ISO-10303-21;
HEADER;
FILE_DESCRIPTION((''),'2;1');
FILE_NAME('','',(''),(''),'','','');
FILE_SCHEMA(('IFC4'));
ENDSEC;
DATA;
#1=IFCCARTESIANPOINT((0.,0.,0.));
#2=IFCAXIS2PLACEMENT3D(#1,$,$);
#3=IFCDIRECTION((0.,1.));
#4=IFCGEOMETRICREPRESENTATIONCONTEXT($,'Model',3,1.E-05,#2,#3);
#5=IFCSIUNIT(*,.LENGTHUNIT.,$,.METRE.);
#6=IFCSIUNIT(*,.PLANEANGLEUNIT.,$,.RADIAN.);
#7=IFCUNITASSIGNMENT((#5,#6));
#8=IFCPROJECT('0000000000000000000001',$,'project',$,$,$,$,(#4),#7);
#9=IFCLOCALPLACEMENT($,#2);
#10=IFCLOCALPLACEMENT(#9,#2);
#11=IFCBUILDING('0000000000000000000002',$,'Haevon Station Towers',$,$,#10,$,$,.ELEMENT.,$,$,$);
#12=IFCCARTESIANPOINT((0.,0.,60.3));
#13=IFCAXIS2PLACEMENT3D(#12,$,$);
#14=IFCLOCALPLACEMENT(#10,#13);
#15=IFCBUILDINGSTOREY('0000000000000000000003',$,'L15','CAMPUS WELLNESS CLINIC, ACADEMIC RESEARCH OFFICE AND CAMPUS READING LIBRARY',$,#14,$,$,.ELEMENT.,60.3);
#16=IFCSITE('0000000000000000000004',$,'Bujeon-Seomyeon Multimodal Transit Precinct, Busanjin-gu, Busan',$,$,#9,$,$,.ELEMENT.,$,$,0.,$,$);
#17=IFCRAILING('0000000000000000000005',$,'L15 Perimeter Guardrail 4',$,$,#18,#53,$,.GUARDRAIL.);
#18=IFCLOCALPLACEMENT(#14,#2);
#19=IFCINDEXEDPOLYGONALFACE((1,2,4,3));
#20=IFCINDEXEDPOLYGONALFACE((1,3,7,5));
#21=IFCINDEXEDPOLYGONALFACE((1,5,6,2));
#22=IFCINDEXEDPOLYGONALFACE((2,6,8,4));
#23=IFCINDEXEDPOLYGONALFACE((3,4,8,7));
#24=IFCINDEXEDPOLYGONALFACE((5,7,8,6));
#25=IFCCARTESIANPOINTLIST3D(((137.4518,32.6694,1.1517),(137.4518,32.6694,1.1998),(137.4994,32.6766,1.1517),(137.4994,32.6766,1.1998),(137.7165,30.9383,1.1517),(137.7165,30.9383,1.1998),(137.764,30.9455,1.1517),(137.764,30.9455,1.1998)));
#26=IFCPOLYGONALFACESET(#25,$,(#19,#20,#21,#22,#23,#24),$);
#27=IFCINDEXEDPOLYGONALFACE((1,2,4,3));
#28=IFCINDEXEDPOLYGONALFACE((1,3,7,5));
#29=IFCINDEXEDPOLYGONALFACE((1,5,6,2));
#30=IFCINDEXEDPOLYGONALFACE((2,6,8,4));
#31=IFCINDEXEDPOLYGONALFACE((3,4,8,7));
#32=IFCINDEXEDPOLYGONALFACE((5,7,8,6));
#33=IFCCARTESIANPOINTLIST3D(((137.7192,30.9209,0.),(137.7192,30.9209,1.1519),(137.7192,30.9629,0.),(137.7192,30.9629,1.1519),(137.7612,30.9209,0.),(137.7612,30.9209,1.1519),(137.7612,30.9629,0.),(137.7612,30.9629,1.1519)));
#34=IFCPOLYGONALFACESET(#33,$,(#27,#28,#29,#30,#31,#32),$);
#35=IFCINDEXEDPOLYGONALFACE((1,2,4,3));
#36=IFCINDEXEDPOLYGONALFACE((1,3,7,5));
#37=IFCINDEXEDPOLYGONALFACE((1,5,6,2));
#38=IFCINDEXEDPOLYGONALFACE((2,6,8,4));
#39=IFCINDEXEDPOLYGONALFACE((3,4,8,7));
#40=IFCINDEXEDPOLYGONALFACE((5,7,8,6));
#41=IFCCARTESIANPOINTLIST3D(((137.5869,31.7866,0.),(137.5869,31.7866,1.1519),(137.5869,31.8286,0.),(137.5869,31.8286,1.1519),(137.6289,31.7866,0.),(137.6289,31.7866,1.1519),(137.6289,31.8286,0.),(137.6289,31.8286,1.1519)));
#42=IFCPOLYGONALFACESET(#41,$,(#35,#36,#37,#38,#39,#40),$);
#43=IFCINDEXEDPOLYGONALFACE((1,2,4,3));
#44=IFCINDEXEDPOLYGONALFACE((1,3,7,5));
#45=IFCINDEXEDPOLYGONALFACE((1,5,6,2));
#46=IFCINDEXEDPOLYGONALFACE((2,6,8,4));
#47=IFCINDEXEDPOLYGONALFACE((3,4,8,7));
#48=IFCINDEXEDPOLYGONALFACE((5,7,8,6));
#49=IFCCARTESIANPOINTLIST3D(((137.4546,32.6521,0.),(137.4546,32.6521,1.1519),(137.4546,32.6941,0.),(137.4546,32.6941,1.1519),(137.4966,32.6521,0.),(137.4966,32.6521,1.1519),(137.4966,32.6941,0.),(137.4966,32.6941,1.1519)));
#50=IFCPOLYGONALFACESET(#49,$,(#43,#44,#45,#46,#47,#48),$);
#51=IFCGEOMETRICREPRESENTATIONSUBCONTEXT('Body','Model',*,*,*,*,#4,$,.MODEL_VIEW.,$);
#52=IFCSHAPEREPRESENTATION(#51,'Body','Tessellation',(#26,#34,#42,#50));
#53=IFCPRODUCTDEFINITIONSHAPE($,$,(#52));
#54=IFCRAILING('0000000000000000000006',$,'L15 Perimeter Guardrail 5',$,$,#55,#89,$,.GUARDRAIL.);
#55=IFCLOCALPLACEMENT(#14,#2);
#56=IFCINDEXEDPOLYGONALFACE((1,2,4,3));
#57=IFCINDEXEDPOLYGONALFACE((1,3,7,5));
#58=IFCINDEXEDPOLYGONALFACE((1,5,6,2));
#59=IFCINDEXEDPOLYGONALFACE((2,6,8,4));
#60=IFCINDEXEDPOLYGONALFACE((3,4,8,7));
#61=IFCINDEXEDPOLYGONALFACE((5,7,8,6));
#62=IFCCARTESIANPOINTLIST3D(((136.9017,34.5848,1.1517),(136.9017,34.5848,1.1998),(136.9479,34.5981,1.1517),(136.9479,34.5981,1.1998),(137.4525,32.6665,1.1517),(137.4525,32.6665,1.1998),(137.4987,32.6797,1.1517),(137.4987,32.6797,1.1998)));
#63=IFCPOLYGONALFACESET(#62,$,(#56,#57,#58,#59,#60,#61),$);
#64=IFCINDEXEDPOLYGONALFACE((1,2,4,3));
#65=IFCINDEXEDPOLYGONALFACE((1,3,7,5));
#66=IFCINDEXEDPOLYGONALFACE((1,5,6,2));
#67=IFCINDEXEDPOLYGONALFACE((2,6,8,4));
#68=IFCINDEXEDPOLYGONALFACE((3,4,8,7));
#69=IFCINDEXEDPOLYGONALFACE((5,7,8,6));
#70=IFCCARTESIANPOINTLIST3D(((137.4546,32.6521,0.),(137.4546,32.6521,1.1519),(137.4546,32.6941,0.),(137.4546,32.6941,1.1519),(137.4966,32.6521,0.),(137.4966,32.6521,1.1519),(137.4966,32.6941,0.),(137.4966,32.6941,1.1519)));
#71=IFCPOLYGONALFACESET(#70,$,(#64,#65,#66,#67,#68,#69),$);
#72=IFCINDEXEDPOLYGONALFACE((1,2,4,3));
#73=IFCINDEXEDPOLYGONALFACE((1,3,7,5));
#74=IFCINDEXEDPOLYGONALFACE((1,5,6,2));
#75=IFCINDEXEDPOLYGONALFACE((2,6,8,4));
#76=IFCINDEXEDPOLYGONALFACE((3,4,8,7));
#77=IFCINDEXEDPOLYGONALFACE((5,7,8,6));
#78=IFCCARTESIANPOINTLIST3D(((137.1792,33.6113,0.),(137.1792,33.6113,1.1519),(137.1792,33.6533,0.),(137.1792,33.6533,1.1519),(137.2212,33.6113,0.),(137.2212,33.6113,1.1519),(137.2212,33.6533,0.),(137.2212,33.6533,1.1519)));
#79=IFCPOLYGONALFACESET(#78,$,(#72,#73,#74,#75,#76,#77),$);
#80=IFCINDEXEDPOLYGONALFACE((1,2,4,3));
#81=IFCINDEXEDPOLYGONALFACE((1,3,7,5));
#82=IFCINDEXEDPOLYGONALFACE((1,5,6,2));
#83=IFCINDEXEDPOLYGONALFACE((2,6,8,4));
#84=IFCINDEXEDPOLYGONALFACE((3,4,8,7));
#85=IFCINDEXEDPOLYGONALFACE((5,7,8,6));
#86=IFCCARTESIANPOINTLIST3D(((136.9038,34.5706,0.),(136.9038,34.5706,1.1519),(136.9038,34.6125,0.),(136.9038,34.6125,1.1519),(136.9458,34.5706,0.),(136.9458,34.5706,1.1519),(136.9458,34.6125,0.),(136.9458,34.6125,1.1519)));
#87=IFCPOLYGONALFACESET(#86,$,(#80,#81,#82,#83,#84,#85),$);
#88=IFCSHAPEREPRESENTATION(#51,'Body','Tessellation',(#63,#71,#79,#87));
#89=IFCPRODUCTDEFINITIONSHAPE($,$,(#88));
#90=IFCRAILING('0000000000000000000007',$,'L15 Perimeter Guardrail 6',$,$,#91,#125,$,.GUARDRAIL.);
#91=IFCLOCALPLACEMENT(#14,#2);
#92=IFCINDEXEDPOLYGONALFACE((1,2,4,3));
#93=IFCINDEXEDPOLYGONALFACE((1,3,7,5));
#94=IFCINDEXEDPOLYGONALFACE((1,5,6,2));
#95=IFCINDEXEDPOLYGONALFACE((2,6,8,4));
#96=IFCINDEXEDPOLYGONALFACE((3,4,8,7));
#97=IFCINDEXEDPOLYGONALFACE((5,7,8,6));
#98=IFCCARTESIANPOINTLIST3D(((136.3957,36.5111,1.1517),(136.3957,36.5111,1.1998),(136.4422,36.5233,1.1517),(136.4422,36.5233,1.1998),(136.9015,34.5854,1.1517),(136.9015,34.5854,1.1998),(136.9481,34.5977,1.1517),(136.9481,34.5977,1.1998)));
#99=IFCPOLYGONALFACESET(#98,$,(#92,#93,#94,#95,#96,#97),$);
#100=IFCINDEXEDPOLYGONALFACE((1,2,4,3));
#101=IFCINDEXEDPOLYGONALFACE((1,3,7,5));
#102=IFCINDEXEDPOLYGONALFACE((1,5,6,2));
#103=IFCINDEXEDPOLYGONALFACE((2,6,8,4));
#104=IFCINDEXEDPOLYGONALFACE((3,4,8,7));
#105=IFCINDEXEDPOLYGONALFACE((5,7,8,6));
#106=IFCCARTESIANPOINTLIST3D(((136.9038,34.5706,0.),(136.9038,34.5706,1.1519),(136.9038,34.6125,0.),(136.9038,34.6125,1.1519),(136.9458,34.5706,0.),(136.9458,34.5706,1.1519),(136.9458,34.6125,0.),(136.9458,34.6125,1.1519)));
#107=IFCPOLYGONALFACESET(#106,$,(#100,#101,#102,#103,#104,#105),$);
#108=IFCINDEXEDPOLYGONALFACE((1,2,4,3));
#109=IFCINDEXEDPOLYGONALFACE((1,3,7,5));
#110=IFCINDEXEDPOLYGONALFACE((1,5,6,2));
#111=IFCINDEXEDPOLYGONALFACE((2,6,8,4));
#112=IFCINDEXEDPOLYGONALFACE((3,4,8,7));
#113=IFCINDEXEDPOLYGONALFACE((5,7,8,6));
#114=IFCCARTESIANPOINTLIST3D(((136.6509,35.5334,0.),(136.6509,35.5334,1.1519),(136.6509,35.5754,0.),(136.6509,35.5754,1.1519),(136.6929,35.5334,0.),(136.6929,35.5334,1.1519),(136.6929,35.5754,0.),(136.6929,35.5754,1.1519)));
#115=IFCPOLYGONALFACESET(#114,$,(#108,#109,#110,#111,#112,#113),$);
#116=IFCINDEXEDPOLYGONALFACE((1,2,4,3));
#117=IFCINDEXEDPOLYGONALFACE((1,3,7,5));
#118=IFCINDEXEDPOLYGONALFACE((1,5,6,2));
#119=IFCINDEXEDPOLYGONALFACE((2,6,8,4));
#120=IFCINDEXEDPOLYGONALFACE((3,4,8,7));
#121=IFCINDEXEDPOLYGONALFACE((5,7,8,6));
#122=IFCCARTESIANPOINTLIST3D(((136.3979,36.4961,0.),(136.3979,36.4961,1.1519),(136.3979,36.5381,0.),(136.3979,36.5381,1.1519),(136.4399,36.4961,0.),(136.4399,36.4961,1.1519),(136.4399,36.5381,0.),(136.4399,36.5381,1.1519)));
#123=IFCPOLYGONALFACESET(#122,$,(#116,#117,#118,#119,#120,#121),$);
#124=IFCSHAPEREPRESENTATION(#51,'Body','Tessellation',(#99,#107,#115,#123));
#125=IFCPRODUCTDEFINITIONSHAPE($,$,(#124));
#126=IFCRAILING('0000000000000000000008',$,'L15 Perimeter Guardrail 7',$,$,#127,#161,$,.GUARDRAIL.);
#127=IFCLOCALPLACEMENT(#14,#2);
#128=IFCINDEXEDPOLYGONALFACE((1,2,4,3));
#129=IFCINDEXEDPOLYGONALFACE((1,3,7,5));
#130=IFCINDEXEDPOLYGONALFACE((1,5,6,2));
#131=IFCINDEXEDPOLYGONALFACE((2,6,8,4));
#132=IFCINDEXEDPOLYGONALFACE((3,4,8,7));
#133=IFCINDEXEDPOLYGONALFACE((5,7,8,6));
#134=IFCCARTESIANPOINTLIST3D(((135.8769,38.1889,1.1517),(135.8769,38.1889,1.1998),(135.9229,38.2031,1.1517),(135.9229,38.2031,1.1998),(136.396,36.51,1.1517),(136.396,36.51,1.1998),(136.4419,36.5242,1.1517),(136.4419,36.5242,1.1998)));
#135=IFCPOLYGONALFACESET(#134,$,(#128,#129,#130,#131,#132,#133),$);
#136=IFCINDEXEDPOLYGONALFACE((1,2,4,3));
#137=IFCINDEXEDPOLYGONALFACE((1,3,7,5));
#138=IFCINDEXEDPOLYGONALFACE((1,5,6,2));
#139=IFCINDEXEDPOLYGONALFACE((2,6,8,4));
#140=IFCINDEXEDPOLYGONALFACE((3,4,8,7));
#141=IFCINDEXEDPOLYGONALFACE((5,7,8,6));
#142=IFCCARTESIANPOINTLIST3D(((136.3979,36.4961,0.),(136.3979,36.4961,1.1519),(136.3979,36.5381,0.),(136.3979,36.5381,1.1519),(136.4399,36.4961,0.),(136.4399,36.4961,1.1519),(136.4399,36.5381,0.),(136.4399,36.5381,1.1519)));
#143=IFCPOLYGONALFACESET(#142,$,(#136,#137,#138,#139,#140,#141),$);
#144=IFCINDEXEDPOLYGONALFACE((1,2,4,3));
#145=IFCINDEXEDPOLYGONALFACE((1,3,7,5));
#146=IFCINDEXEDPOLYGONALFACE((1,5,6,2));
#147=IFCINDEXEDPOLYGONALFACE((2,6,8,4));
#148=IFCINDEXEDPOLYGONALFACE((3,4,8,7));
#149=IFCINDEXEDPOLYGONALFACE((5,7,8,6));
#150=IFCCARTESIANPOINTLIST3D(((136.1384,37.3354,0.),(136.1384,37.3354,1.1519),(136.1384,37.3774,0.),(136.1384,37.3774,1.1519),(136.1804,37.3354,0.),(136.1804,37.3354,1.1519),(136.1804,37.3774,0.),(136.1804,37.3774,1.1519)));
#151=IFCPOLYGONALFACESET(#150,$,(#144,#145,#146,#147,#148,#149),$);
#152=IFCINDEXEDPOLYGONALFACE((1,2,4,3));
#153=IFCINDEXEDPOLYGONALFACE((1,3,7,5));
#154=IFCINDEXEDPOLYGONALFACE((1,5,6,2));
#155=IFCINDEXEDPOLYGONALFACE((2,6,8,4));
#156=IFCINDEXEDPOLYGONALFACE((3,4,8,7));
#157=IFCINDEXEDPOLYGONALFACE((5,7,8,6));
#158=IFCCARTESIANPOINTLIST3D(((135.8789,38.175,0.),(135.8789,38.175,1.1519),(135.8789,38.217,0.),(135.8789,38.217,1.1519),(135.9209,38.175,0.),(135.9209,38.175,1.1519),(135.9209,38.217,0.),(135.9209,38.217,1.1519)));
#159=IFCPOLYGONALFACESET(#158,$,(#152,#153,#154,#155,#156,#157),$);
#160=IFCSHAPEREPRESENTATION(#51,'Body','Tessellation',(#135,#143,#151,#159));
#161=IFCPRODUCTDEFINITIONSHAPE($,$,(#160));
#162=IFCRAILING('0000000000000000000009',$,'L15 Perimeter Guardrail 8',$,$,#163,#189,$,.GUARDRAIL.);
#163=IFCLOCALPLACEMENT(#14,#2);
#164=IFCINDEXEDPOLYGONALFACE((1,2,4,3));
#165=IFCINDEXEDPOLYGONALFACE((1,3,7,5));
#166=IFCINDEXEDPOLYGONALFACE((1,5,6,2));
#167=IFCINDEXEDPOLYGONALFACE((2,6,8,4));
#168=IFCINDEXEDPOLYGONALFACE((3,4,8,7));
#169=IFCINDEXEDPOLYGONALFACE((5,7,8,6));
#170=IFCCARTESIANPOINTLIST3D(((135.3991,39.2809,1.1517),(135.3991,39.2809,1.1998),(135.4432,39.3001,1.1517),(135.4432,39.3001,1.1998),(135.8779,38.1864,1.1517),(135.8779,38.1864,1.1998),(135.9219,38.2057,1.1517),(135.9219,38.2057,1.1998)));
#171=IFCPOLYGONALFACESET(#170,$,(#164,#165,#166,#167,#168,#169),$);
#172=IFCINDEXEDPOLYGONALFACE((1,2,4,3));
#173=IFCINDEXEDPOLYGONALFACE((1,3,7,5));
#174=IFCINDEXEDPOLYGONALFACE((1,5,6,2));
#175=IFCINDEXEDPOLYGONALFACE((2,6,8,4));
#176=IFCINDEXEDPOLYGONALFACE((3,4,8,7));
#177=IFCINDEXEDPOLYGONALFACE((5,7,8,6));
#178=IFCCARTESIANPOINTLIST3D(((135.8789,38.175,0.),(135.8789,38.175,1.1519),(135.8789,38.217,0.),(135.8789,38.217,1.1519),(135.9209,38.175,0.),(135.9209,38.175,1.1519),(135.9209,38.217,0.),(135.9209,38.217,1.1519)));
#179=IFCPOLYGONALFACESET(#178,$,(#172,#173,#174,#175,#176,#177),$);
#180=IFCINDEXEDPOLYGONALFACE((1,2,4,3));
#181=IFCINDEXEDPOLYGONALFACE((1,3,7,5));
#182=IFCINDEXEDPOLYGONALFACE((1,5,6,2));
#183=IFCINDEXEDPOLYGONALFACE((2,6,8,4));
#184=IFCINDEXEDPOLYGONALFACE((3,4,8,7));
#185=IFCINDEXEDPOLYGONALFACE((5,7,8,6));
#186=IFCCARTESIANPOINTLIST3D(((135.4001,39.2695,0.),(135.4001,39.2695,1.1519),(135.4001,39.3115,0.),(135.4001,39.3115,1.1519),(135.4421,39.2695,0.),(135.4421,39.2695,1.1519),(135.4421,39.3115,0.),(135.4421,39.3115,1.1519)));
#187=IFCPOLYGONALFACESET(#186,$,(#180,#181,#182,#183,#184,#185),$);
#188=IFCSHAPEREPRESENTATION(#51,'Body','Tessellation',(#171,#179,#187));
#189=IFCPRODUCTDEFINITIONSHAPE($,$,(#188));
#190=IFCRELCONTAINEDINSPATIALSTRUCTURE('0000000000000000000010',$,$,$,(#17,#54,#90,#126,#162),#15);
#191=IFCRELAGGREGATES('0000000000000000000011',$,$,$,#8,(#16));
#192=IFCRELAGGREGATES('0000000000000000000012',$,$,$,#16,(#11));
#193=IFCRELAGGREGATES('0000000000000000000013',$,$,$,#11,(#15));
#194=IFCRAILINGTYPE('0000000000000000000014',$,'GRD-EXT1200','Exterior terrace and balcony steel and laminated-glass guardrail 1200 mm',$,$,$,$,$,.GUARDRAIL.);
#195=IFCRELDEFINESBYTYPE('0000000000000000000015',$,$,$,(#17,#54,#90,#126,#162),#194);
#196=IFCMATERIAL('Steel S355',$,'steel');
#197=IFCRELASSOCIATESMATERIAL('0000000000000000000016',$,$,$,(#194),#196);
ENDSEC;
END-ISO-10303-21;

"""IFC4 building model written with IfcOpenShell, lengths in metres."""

from ifc_helpers import new_model, si_unit, direction, frame, origin, origin_2d, place, context, subcontext, project, spatial, rectangle, extrude, material, type_object, element, save


model = new_model("IFC4")

# Units and contexts
model_context = context("Model", 3, precision=1e-05, world=origin(), true_north=direction((0.0, 1.0)))
body_context = subcontext(model_context, "Body", "Model", "MODEL_VIEW")
ifc_project = project(units=[si_unit("LENGTHUNIT", "METRE"), si_unit("PLANEANGLEUNIT", "RADIAN")], contexts=[model_context])

# Site, building, storey
site_placement = place(None, origin())
site = spatial("IfcSite", under=ifc_project, at=site_placement, Name="Bujeon-Seomyeon Multimodal Transit Precinct, Busanjin-gu, Busan", CompositionType="ELEMENT", RefElevation=0.0)
building_placement = place(site_placement, origin())
building = spatial("IfcBuilding", under=site, at=building_placement, Name="Haevon Station Towers", CompositionType="ELEMENT")
storey_placement = place(building_placement, frame((0.0, 0.0, 60.3)))
storey = spatial("IfcBuildingStorey", under=building, at=storey_placement, Name="L15", Description="CAMPUS WELLNESS CLINIC, ACADEMIC RESEARCH OFFICE AND CAMPUS READING LIBRARY", CompositionType="ELEMENT", Elevation=60.3)

# Shared definitions
ifc_material_1 = material(Name="Steel S355", Category="steel")

# Railings
railing_type = type_object("IfcRailingType", Name="GRD-EXT1200", Description="Exterior terrace and balcony steel and laminated-glass guardrail 1200 mm", PredefinedType="GUARDRAIL", material=ifc_material_1)
railing_1_placement = place(storey_placement, frame((137.7402, 30.9419, 0.0)))
element("IfcRailing", 1, at=railing_1_placement, inside=storey, type_object=railing_type, Name="L15 Perimeter Guardrail 4", PredefinedType="GUARDRAIL", context=body_context, shape_type="SweptSolid", body=[
    extrude(rectangle(XDim=0.0481, YDim=0.0481, at=origin_2d()), frame((0.0, 0.0, 1.1758), z_axis=(-0.151114, 0.988516, 0.0), x_axis=(-0.988516, -0.151114, 0.0)), (0.0, 0.0, 1.0), 1.7512),
    extrude(rectangle(XDim=0.042, YDim=0.042, at=origin_2d()), origin(), (0.0, 0.0, 1.0), 1.1519),
    extrude(rectangle(XDim=0.042, YDim=0.042, at=origin_2d()), frame((-0.1323, 0.8657, 0.0)), (0.0, 0.0, 1.0), 1.1519),
    extrude(rectangle(XDim=0.042, YDim=0.042, at=origin_2d()), frame((-0.2646, 1.7312, 0.0)), (0.0, 0.0, 1.0), 1.1519),
])
railing_2_placement = place(storey_placement, frame((137.4756, 32.6731, 0.0)))
element("IfcRailing", 2, at=railing_2_placement, inside=storey, type_object=railing_type, Name="L15 Perimeter Guardrail 5", PredefinedType="GUARDRAIL", context=body_context, shape_type="SweptSolid", body=[
    extrude(rectangle(XDim=0.0481, YDim=0.0481, at=origin_2d()), frame((0.0, 0.0, 1.1758), z_axis=(-0.275949, 0.961172, 0.0), x_axis=(-0.961172, -0.275949, 0.0)), (0.0, 0.0, 1.0), 1.9958),
    extrude(rectangle(XDim=0.042, YDim=0.042, at=origin_2d()), origin(), (0.0, 0.0, 1.0), 1.1519),
    extrude(rectangle(XDim=0.042, YDim=0.042, at=origin_2d()), frame((-0.2754, 0.9592, 0.0)), (0.0, 0.0, 1.0), 1.1519),
    extrude(rectangle(XDim=0.042, YDim=0.042, at=origin_2d()), frame((-0.5508, 1.9185, 0.0)), (0.0, 0.0, 1.0), 1.1519),
])
railing_3_placement = place(storey_placement, frame((136.9248, 34.5916, 0.0)))
element("IfcRailing", 3, at=railing_3_placement, inside=storey, type_object=railing_type, Name="L15 Perimeter Guardrail 6", PredefinedType="GUARDRAIL", context=body_context, shape_type="SweptSolid", body=[
    extrude(rectangle(XDim=0.0481, YDim=0.0481, at=origin_2d()), frame((0.0, 0.0, 1.1758), z_axis=(-0.254089, 0.967181, 0.0), x_axis=(-0.967181, -0.254089, 0.0)), (0.0, 0.0, 1.0), 1.991),
    extrude(rectangle(XDim=0.042, YDim=0.042, at=origin_2d()), origin(), (0.0, 0.0, 1.0), 1.1519),
    extrude(rectangle(XDim=0.042, YDim=0.042, at=origin_2d()), frame((-0.2529, 0.9629, 0.0)), (0.0, 0.0, 1.0), 1.1519),
    extrude(rectangle(XDim=0.042, YDim=0.042, at=origin_2d()), frame((-0.5059, 1.9255, 0.0)), (0.0, 0.0, 1.0), 1.1519),
])
railing_4_placement = place(storey_placement, frame((136.4189, 36.5171, 0.0)))
element("IfcRailing", 4, at=railing_4_placement, inside=storey, type_object=railing_type, Name="L15 Perimeter Guardrail 7", PredefinedType="GUARDRAIL", context=body_context, shape_type="SweptSolid", body=[
    extrude(rectangle(XDim=0.0481, YDim=0.0481, at=origin_2d()), frame((0.0, 0.0, 1.1758), z_axis=(-0.295355, 0.955388, 0.0), x_axis=(-0.955388, -0.295355, 0.0)), (0.0, 0.0, 1.0), 1.7573),
    extrude(rectangle(XDim=0.042, YDim=0.042, at=origin_2d()), origin(), (0.0, 0.0, 1.0), 1.1519),
    extrude(rectangle(XDim=0.042, YDim=0.042, at=origin_2d()), frame((-0.2595, 0.8394, 0.0)), (0.0, 0.0, 1.0), 1.1519),
    extrude(rectangle(XDim=0.042, YDim=0.042, at=origin_2d()), frame((-0.519, 1.679, 0.0)), (0.0, 0.0, 1.0), 1.1519),
])
railing_5_placement = place(storey_placement, frame((135.8999, 38.196, 0.0)))
element("IfcRailing", 5, at=railing_5_placement, inside=storey, type_object=railing_type, Name="L15 Perimeter Guardrail 8", PredefinedType="GUARDRAIL", context=body_context, shape_type="SweptSolid", body=[
    extrude(rectangle(XDim=0.0481, YDim=0.0481, at=origin_2d()), frame((0.0, 0.0, 1.1758), z_axis=(-0.400765, 0.916181, 0.0), x_axis=(-0.916181, -0.400765, 0.0)), (0.0, 0.0, 1.0), 1.1946),
    extrude(rectangle(XDim=0.042, YDim=0.042, at=origin_2d()), origin(), (0.0, 0.0, 1.0), 1.1519),
    extrude(rectangle(XDim=0.042, YDim=0.042, at=origin_2d()), frame((-0.4788, 1.0945, 0.0)), (0.0, 0.0, 1.0), 1.1519),
])

save(model, "model.ifc")
